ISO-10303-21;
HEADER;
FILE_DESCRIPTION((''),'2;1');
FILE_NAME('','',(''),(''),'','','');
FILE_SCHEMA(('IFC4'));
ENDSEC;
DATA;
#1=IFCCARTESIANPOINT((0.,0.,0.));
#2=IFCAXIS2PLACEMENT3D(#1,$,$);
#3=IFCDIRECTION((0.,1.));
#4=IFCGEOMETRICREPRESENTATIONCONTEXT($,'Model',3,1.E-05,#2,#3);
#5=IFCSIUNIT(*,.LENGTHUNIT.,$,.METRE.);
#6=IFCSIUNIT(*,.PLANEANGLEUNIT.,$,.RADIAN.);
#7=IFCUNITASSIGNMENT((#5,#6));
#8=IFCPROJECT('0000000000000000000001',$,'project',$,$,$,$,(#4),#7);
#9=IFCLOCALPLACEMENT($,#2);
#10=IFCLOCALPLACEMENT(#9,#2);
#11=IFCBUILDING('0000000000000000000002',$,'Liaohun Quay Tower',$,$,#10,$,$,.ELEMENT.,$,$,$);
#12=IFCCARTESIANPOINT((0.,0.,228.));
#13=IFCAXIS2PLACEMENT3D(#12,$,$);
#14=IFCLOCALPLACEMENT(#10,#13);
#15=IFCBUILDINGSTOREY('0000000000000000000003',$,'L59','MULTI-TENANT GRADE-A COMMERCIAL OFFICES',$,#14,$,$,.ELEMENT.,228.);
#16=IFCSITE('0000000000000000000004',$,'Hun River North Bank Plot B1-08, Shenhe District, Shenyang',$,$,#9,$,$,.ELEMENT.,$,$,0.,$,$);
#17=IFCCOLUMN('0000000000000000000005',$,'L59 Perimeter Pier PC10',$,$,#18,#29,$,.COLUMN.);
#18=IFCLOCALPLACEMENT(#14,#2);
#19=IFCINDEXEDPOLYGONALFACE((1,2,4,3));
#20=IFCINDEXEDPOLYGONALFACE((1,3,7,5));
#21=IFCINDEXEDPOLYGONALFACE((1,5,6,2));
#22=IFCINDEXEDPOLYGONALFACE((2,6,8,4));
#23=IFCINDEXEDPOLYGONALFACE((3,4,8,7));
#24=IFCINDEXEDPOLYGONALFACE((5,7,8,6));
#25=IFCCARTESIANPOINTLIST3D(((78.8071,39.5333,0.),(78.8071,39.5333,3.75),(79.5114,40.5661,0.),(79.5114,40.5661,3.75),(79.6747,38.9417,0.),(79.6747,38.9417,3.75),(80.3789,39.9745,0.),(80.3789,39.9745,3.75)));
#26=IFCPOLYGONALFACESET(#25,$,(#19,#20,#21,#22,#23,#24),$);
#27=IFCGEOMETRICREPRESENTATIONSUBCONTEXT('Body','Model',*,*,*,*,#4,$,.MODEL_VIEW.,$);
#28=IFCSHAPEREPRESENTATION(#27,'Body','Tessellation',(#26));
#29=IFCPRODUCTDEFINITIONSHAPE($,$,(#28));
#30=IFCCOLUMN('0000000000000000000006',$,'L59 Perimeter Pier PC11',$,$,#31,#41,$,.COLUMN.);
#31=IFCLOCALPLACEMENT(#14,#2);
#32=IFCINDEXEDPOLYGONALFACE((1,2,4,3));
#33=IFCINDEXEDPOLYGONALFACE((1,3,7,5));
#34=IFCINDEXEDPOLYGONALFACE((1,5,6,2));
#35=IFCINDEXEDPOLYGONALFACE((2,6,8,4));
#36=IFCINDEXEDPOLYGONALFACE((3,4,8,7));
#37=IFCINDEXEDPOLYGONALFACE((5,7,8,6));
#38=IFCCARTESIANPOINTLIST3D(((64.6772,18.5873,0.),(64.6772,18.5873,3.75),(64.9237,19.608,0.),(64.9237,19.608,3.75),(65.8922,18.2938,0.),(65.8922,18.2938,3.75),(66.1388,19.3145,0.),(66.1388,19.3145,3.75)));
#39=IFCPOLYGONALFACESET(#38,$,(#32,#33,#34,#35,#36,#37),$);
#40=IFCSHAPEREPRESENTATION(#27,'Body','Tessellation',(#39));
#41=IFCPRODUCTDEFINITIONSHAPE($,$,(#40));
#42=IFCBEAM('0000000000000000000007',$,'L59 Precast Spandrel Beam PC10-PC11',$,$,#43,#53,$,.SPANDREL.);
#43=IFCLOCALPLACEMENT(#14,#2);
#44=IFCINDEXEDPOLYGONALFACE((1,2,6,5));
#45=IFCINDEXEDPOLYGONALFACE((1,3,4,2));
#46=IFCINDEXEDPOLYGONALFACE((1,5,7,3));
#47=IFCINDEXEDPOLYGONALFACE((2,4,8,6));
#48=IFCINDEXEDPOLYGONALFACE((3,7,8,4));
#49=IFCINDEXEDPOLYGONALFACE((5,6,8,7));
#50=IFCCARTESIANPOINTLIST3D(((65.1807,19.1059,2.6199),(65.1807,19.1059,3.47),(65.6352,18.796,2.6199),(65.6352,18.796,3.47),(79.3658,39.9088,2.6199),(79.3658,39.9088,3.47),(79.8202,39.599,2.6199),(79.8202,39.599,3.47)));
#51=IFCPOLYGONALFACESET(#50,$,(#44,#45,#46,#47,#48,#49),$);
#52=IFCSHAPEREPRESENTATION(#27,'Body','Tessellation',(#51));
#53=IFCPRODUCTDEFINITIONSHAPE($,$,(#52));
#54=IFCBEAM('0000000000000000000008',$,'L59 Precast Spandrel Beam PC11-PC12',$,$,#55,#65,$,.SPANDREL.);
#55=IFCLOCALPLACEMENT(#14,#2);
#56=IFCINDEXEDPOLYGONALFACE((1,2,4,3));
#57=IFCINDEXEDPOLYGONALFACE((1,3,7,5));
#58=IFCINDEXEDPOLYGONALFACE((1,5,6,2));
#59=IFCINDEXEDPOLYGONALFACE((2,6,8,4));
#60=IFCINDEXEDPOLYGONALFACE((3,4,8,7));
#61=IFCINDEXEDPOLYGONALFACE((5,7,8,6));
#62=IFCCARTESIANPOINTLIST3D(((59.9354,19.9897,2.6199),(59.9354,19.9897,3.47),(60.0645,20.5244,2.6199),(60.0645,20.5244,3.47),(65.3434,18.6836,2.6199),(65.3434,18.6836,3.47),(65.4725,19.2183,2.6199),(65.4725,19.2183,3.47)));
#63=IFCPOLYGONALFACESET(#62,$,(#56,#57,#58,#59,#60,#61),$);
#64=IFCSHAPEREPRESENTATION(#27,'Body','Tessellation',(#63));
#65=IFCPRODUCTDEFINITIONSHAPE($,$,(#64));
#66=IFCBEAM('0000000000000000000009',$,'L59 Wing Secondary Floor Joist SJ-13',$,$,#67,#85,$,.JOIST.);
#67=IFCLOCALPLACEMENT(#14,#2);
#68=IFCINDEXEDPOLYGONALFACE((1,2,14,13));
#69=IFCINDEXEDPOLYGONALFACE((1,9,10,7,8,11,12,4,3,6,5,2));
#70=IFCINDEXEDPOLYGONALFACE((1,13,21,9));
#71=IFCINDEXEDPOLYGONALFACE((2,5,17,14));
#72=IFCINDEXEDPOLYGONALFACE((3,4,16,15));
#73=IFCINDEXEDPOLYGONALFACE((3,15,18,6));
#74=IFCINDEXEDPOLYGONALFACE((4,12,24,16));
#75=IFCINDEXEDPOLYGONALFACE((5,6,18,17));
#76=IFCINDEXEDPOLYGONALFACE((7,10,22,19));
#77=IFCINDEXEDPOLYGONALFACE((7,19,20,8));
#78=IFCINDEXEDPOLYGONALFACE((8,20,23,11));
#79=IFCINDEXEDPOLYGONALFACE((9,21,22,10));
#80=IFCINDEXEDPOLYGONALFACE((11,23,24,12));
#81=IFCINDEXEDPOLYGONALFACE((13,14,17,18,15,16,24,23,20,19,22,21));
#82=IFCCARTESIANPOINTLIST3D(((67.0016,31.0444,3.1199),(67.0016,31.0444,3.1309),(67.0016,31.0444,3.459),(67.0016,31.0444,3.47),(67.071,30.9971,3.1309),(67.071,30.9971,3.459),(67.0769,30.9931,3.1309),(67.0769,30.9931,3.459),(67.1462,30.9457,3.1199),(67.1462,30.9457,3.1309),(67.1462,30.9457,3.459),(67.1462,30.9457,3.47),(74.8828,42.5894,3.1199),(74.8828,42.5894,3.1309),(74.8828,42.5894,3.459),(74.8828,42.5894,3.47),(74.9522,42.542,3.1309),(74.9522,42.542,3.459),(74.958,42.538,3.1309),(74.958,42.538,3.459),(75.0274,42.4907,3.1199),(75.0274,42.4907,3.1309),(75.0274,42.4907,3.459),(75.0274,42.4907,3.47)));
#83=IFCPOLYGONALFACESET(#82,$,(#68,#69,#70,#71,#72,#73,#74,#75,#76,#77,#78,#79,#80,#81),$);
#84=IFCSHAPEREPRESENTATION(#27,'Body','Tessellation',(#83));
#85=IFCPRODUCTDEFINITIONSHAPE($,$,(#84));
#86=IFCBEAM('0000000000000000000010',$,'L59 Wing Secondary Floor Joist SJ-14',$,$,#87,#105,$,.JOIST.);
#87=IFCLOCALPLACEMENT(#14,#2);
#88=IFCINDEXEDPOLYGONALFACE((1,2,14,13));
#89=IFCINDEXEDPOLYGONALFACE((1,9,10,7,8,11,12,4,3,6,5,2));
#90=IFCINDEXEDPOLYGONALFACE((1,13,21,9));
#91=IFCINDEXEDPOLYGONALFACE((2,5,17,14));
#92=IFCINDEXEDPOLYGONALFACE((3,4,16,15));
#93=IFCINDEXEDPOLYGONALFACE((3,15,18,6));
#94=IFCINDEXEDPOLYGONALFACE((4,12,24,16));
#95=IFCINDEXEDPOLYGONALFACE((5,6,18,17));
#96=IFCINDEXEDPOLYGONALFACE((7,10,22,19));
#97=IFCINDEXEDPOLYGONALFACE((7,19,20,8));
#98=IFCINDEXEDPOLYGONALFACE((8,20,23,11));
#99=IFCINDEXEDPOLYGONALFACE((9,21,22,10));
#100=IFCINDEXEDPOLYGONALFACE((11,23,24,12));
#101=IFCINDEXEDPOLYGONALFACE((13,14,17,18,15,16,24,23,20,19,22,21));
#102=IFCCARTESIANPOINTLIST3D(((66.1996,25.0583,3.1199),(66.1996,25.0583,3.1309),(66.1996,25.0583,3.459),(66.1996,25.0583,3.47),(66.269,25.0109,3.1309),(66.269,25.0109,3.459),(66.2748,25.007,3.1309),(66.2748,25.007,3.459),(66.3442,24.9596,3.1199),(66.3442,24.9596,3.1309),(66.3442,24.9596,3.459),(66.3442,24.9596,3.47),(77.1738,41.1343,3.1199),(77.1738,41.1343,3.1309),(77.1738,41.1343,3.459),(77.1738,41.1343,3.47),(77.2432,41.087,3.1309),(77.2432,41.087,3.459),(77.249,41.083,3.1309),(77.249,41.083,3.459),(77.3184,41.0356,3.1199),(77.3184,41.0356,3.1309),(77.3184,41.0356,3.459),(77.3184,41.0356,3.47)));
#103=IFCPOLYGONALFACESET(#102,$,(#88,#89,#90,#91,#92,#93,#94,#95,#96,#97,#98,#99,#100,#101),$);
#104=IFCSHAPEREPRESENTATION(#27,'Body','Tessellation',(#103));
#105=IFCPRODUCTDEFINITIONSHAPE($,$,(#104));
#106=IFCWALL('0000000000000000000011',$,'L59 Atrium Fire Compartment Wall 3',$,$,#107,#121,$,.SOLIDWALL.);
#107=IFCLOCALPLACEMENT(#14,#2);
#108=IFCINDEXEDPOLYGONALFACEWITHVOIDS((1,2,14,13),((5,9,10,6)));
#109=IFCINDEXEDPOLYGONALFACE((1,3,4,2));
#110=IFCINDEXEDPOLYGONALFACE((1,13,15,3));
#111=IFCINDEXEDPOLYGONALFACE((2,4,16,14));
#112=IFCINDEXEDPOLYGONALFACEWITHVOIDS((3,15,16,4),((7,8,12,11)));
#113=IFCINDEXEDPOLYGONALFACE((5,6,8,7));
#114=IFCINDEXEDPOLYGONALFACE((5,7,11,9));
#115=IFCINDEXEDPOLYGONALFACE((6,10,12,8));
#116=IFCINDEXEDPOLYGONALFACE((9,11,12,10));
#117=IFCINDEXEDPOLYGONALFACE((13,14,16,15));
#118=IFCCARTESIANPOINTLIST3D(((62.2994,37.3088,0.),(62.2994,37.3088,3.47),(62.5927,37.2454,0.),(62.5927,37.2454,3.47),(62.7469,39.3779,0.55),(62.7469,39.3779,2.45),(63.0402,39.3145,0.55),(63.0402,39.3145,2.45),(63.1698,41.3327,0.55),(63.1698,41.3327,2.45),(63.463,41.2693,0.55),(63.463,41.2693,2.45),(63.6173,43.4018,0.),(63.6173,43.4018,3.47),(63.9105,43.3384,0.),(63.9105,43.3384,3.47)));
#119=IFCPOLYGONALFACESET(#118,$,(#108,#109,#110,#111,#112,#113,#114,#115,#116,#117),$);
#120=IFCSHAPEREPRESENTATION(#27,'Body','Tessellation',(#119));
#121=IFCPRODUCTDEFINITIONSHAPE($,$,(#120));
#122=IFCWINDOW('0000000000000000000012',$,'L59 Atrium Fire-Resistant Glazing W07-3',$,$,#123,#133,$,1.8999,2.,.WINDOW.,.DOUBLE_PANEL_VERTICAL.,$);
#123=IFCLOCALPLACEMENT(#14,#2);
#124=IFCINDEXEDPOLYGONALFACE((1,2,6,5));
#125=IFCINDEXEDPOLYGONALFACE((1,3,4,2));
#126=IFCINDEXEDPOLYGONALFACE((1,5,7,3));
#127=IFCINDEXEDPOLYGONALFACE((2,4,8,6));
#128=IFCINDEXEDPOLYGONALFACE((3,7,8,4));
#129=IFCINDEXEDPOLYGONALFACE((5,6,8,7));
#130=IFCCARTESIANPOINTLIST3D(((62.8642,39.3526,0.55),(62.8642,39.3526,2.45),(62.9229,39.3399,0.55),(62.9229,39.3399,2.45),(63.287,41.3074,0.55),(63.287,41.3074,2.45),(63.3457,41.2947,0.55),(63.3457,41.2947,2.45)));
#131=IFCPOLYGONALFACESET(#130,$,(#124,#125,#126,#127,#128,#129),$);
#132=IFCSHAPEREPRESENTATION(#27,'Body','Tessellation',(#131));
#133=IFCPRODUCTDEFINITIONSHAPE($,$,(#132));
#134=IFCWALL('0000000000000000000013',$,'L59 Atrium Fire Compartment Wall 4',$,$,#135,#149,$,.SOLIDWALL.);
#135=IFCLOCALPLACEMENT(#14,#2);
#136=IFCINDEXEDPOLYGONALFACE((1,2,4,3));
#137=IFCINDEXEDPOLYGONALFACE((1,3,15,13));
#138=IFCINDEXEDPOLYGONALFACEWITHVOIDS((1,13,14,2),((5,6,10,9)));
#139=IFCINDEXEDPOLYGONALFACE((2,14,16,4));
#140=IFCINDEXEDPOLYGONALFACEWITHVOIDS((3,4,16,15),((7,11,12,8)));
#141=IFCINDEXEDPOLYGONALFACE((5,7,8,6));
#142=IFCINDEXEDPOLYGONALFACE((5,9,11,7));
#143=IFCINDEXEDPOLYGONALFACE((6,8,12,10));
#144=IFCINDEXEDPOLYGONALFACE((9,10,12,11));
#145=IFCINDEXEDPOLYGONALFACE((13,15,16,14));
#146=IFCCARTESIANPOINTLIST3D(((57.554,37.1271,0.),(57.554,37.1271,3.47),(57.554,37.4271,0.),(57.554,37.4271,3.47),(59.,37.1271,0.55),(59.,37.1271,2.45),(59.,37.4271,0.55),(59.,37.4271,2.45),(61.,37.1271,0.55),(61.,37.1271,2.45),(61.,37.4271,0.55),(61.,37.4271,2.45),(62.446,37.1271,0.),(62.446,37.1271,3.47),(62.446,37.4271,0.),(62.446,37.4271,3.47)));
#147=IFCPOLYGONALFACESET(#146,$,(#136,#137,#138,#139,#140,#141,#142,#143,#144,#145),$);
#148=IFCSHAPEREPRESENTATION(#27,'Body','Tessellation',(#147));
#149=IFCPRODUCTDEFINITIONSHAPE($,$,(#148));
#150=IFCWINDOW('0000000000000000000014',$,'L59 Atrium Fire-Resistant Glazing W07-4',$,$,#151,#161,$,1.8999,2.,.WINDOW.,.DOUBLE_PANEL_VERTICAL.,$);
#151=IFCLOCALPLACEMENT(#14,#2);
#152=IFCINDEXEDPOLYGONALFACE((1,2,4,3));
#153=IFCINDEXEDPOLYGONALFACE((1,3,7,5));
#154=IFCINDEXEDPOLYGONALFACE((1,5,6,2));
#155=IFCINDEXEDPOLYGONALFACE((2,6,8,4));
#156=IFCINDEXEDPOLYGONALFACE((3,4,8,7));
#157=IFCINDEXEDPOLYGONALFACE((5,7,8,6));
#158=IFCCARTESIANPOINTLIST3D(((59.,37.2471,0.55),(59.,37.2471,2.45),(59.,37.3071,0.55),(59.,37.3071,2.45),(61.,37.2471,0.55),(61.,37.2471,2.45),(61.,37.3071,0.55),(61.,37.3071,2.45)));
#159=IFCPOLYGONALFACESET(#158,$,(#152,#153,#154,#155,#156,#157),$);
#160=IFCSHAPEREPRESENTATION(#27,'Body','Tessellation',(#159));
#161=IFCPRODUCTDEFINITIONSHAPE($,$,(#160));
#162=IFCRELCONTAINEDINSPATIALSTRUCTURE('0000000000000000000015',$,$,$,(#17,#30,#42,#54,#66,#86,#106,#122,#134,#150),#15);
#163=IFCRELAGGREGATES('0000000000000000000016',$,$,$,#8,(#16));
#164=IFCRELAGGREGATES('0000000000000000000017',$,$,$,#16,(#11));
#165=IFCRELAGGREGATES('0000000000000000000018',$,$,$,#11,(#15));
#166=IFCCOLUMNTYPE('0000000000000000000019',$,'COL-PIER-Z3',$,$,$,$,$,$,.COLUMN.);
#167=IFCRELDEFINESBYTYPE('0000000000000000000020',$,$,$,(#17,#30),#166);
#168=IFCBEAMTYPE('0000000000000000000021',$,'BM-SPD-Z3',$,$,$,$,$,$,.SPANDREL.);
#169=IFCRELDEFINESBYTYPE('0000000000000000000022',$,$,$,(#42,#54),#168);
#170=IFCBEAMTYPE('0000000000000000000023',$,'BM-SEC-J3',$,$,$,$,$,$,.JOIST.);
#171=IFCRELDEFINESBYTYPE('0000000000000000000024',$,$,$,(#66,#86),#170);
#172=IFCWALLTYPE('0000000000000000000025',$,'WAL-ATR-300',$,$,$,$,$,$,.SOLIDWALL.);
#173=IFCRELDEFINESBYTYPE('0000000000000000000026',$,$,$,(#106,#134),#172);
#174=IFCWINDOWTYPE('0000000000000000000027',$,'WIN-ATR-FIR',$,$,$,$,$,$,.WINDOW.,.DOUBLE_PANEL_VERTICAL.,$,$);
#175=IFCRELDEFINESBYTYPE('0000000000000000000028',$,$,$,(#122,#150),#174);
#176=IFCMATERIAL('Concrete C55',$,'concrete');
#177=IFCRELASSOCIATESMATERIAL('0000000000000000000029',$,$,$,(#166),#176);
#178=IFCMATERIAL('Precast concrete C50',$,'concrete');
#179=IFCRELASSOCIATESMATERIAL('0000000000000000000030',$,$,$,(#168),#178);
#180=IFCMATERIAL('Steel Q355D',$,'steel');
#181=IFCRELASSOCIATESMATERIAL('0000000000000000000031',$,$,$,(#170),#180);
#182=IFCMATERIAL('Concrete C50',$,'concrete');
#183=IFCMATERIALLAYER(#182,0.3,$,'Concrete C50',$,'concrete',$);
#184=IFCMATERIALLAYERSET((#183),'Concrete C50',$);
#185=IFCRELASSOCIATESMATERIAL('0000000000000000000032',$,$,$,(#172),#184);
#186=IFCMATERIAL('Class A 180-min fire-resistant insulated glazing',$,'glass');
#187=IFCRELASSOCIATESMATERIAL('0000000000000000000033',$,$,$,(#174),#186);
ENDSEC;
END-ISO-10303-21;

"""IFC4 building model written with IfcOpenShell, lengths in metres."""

from ifc_helpers import new_model, si_unit, direction, frame, frame_2d, origin, origin_2d, place, context, subcontext, project, spatial, rectangle, i_section, extrude, source, transform, mapped, material, layer, layer_set, material_profile, profile_set, type_object, element, fill, save


model = new_model("IFC4")

# Units and contexts
model_context = context("Model", 3, precision=1e-05, world=origin(), true_north=direction((0.0, 1.0)))
body_context = subcontext(model_context, "Body", "Model", "MODEL_VIEW")
ifc_project = project(units=[si_unit("LENGTHUNIT", "METRE"), si_unit("PLANEANGLEUNIT", "RADIAN")], contexts=[model_context])

# Site, building, storey
site_placement = place(None, origin())
site = spatial("IfcSite", under=ifc_project, at=site_placement, Name="Hun River North Bank Plot B1-08, Shenhe District, Shenyang", CompositionType="ELEMENT", RefElevation=0.0)
building_placement = place(site_placement, origin())
building = spatial("IfcBuilding", under=site, at=building_placement, Name="Liaohun Quay Tower", CompositionType="ELEMENT")
storey_placement = place(building_placement, frame((0.0, 0.0, 228.0)))
storey = spatial("IfcBuildingStorey", under=building, at=storey_placement, Name="L59", Description="MULTI-TENANT GRADE-A COMMERCIAL OFFICES", CompositionType="ELEMENT", Elevation=228.0)

# Columns
ifc_material_1 = material(Name="Concrete C55", Category="concrete")
ifc_material_profile_1 = material_profile(ifc_material_1, rectangle(XDim=1.25, YDim=1.05, at=origin_2d()), Name="RC1250x1050")
ifc_profile_set_1 = profile_set([ifc_material_profile_1], Name="Concrete C55")
column_type = type_object("IfcColumnType", Name="COL-PIER-Z3", PredefinedType="COLUMN", material=ifc_profile_set_1)
shared_shape_1 = source(origin(), body_context, "Body", "SweptSolid", [
    extrude(rectangle(XDim=1.25, YDim=1.05, at=origin_2d()), origin(), (0.0, 0.0, 1.0), 3.75),
])
for number, where, z_axis, x_axis, name in (
    (1, (79.593, 39.7539, 0.0), (0.0, 0.0, 1.0), (0.563382, 0.826197, 0.0), "L59 Perimeter Pier PC10"),
    (2, (65.408, 18.9509, 0.0), (0.0, 0.0, 1.0), (-0.972043, 0.234803, 0.0), "L59 Perimeter Pier PC11"),
):
    element("IfcColumn", number, at=place(storey_placement, frame(where, z_axis=z_axis, x_axis=x_axis)), inside=storey, type_object=column_type, Name=name, PredefinedType="COLUMN", context=body_context, shape_type="MappedRepresentation", body=[
        mapped(shared_shape_1, transform((0.0, 0.0, 0.0), x_axis=(1.0, 0.0, 0.0), y_axis=(0.0, 1.0, 0.0), z_axis=(0.0, 0.0, 1.0), scale=1.0)),
    ])

# Beams
ifc_material_2 = material(Name="Precast concrete C50", Category="concrete")
ifc_material_profile_2 = material_profile(ifc_material_2, rectangle(XDim=0.55, YDim=0.8501, at=origin_2d()), Name="RC550x850")
ifc_profile_set_2 = profile_set([ifc_material_profile_2], Name="Precast concrete C50")
beam_type_1 = type_object("IfcBeamType", Name="BM-SPD-Z3", PredefinedType="SPANDREL", material=ifc_profile_set_2)
shared_shape_2 = source(origin(), body_context, "Body", "SweptSolid", [
    extrude(rectangle(XDim=0.55, YDim=0.8501, at=origin_2d()), origin(), (0.0, 0.0, 1.0), 25.179),
])
beam_1_placement = place(storey_placement, frame((79.593, 39.7539, 3.0449), z_axis=(-0.56337, -0.826205, 0.0), x_axis=(0.826205, -0.56337, 0.0)))
element("IfcBeam", 3, at=beam_1_placement, inside=storey, type_object=beam_type_1, Name="L59 Precast Spandrel Beam PC10-PC11", PredefinedType="SPANDREL", context=body_context, shape_type="MappedRepresentation", body=[
    mapped(shared_shape_2, transform((0.0, 0.0, 0.0), x_axis=(1.0, 0.0, 0.0), y_axis=(0.0, 1.0, 0.0), z_axis=(0.0, 0.0, 1.0), scale=1.0)),
])
shared_shape_3 = source(origin(), body_context, "Body", "SweptSolid", [
    extrude(rectangle(XDim=0.55, YDim=0.8501, at=origin_2d()), origin(), (0.0, 0.0, 1.0), 5.5635),
])
beam_2_placement = place(storey_placement, frame((65.408, 18.9509, 3.0449), z_axis=(-0.97205, 0.234774, 0.0), x_axis=(-0.234774, -0.97205, 0.0)))
element("IfcBeam", 4, at=beam_2_placement, inside=storey, type_object=beam_type_1, Name="L59 Precast Spandrel Beam PC11-PC12", PredefinedType="SPANDREL", context=body_context, shape_type="MappedRepresentation", body=[
    mapped(shared_shape_3, transform((0.0, 0.0, 0.0), x_axis=(1.0, 0.0, 0.0), y_axis=(0.0, 1.0, 0.0), z_axis=(0.0, 0.0, 1.0), scale=1.0)),
])
ifc_material_3 = material(Name="Steel Q355D", Category="steel")
ifc_material_profile_3 = material_profile(ifc_material_3, i_section(OverallWidth=0.175, OverallDepth=0.3501, WebThickness=0.0071, FlangeThickness=0.011, at=origin_2d()), Name="HN350x175x7x11")
ifc_profile_set_3 = profile_set([ifc_material_profile_3], Name="Steel Q355D")
beam_type_2 = type_object("IfcBeamType", Name="BM-SEC-J3", PredefinedType="JOIST", material=ifc_profile_set_3)
shared_shape_4 = source(origin(), body_context, "Body", "SweptSolid", [
    extrude(i_section(OverallWidth=0.175, OverallDepth=0.3501, WebThickness=0.0071, FlangeThickness=0.011, at=origin_2d()), origin(), (0.0, 0.0, 1.0), 13.9785),
])
beam_3_placement = place(storey_placement, frame((74.9551, 42.54, 3.2949), z_axis=(-0.563804, -0.825909, 0.0), x_axis=(0.825909, -0.563804, 0.0)))
element("IfcBeam", 5, at=beam_3_placement, inside=storey, type_object=beam_type_2, Name="L59 Wing Secondary Floor Joist SJ-13", PredefinedType="JOIST", context=body_context, shape_type="MappedRepresentation", body=[
    mapped(shared_shape_4, transform((0.0, 0.0, 0.0), x_axis=(1.0, 0.0, 0.0), y_axis=(0.0, 1.0, 0.0), z_axis=(0.0, 0.0, 1.0), scale=1.0)),
])
shared_shape_5 = source(origin(), body_context, "Body", "SweptSolid", [
    extrude(i_section(OverallWidth=0.175, OverallDepth=0.3501, WebThickness=0.0071, FlangeThickness=0.011, at=origin_2d()), origin(), (0.0, 0.0, 1.0), 19.4646),
])
beam_4_placement = place(storey_placement, frame((77.2461, 41.085, 3.2949), z_axis=(-0.563802, -0.82591, 0.0), x_axis=(0.82591, -0.563802, 0.0)))
element("IfcBeam", 6, at=beam_4_placement, inside=storey, type_object=beam_type_2, Name="L59 Wing Secondary Floor Joist SJ-14", PredefinedType="JOIST", context=body_context, shape_type="MappedRepresentation", body=[
    mapped(shared_shape_5, transform((0.0, 0.0, 0.0), x_axis=(1.0, 0.0, 0.0), y_axis=(0.0, 1.0, 0.0), z_axis=(0.0, 0.0, 1.0), scale=1.0)),
])

# Walls, openings, windows
ifc_material_4 = material(Name="Concrete C50", Category="concrete")
ifc_layer_1 = layer(ifc_material_4, 0.3, Name="Concrete C50", Category="concrete")
ifc_layer_set_1 = layer_set([ifc_layer_1], Name="Concrete C50")
wall_type_1 = type_object("IfcWallType", Name="WAL-ATR-300", PredefinedType="SOLIDWALL", material=ifc_layer_set_1)
wall_1_placement = place(storey_placement, frame((63.7639, 43.3701, 0.0), z_axis=(0.0, 0.0, 1.0), x_axis=(-0.211404, -0.977399, 0.0)))
wall_1 = element("IfcWall", 7, at=wall_1_placement, inside=storey, type_object=wall_type_1, Name="L59 Atrium Fire Compartment Wall 3", PredefinedType="SOLIDWALL", context=body_context, shape_type="SweptSolid", body=[
    extrude(rectangle(XDim=6.2339, YDim=0.3, at=frame_2d((3.1169, 0.0))), origin(), (0.0, 0.0, 1.0), 3.47),
])
shared_shape_6 = source(origin(), body_context, "Body", "SweptSolid", [
    extrude(rectangle(XDim=2.0, YDim=1.8999, at=frame_2d((1.0, 0.95))), frame((0.0, 0.1599, 0.0), z_axis=(0.0, -1.0, 0.0), x_axis=(1.0, 0.0, 0.0)), (0.0, 0.0, 1.0), 0.3201),
])
opening_1_placement = place(wall_1_placement, frame((2.1169, 0.0, 0.55)))
opening_1 = element("IfcOpeningElement", 8, at=opening_1_placement, cuts=wall_1, PredefinedType="OPENING", context=body_context, shape_type="MappedRepresentation", body=[
    mapped(shared_shape_6, transform((0.0, 0.0, 0.0), x_axis=(1.0, 0.0, 0.0), y_axis=(0.0, 1.0, 0.0), z_axis=(0.0, 0.0, 1.0), scale=1.0)),
])
ifc_material_5 = material(Name="Class A 180-min fire-resistant insulated glazing", Category="glass")
window_type_1 = type_object("IfcWindowType", Name="WIN-ATR-FIR", PartitioningType="DOUBLE_PANEL_VERTICAL", PredefinedType="WINDOW", material=ifc_material_5)
shared_shape_7 = source(origin(), body_context, "Body", "SweptSolid", [
    extrude(rectangle(XDim=2.0, YDim=1.8999, at=frame_2d((1.0, 0.95))), frame((0.0, 0.03, 0.0), z_axis=(0.0, -1.0, 0.0), x_axis=(1.0, 0.0, 0.0)), (0.0, 0.0, 1.0), 0.0601),
])
window_1_placement = place(opening_1_placement, origin())
window_1 = element("IfcWindow", 9, at=window_1_placement, inside=storey, type_object=window_type_1, Name="L59 Atrium Fire-Resistant Glazing W07-3", OverallHeight=1.8999, OverallWidth=2.0, PartitioningType="DOUBLE_PANEL_VERTICAL", PredefinedType="WINDOW", context=body_context, shape_type="MappedRepresentation", body=[
    mapped(shared_shape_7, transform((0.0, 0.0, 0.0), x_axis=(1.0, 0.0, 0.0), y_axis=(0.0, 1.0, 0.0), z_axis=(0.0, 0.0, 1.0), scale=1.0)),
])
fill(opening_1, window_1)
wall_2_placement = place(storey_placement, frame((62.446, 37.2771, 0.0), z_axis=(0.0, 0.0, 1.0), x_axis=(-1.0, 0.0, 0.0)))
wall_2 = element("IfcWall", 10, at=wall_2_placement, inside=storey, type_object=wall_type_1, Name="L59 Atrium Fire Compartment Wall 4", PredefinedType="SOLIDWALL", context=body_context, shape_type="SweptSolid", body=[
    extrude(rectangle(XDim=4.8921, YDim=0.3, at=frame_2d((2.446, 0.0))), origin(), (0.0, 0.0, 1.0), 3.47),
])
opening_2_placement = place(wall_2_placement, frame((1.446, 0.0, 0.55)))
opening_2 = element("IfcOpeningElement", 11, at=opening_2_placement, cuts=wall_2, PredefinedType="OPENING", context=body_context, shape_type="MappedRepresentation", body=[
    mapped(shared_shape_6, transform((0.0, 0.0, 0.0), x_axis=(1.0, 0.0, 0.0), y_axis=(0.0, 1.0, 0.0), z_axis=(0.0, 0.0, 1.0), scale=1.0)),
])
window_2_placement = place(opening_2_placement, origin())
window_2 = element("IfcWindow", 12, at=window_2_placement, inside=storey, type_object=window_type_1, Name="L59 Atrium Fire-Resistant Glazing W07-4", OverallHeight=1.8999, OverallWidth=2.0, PartitioningType="DOUBLE_PANEL_VERTICAL", PredefinedType="WINDOW", context=body_context, shape_type="MappedRepresentation", body=[
    mapped(shared_shape_7, transform((0.0, 0.0, 0.0), x_axis=(1.0, 0.0, 0.0), y_axis=(0.0, 1.0, 0.0), z_axis=(0.0, 0.0, 1.0), scale=1.0)),
])
fill(opening_2, window_2)

save(model, "model.ifc")
